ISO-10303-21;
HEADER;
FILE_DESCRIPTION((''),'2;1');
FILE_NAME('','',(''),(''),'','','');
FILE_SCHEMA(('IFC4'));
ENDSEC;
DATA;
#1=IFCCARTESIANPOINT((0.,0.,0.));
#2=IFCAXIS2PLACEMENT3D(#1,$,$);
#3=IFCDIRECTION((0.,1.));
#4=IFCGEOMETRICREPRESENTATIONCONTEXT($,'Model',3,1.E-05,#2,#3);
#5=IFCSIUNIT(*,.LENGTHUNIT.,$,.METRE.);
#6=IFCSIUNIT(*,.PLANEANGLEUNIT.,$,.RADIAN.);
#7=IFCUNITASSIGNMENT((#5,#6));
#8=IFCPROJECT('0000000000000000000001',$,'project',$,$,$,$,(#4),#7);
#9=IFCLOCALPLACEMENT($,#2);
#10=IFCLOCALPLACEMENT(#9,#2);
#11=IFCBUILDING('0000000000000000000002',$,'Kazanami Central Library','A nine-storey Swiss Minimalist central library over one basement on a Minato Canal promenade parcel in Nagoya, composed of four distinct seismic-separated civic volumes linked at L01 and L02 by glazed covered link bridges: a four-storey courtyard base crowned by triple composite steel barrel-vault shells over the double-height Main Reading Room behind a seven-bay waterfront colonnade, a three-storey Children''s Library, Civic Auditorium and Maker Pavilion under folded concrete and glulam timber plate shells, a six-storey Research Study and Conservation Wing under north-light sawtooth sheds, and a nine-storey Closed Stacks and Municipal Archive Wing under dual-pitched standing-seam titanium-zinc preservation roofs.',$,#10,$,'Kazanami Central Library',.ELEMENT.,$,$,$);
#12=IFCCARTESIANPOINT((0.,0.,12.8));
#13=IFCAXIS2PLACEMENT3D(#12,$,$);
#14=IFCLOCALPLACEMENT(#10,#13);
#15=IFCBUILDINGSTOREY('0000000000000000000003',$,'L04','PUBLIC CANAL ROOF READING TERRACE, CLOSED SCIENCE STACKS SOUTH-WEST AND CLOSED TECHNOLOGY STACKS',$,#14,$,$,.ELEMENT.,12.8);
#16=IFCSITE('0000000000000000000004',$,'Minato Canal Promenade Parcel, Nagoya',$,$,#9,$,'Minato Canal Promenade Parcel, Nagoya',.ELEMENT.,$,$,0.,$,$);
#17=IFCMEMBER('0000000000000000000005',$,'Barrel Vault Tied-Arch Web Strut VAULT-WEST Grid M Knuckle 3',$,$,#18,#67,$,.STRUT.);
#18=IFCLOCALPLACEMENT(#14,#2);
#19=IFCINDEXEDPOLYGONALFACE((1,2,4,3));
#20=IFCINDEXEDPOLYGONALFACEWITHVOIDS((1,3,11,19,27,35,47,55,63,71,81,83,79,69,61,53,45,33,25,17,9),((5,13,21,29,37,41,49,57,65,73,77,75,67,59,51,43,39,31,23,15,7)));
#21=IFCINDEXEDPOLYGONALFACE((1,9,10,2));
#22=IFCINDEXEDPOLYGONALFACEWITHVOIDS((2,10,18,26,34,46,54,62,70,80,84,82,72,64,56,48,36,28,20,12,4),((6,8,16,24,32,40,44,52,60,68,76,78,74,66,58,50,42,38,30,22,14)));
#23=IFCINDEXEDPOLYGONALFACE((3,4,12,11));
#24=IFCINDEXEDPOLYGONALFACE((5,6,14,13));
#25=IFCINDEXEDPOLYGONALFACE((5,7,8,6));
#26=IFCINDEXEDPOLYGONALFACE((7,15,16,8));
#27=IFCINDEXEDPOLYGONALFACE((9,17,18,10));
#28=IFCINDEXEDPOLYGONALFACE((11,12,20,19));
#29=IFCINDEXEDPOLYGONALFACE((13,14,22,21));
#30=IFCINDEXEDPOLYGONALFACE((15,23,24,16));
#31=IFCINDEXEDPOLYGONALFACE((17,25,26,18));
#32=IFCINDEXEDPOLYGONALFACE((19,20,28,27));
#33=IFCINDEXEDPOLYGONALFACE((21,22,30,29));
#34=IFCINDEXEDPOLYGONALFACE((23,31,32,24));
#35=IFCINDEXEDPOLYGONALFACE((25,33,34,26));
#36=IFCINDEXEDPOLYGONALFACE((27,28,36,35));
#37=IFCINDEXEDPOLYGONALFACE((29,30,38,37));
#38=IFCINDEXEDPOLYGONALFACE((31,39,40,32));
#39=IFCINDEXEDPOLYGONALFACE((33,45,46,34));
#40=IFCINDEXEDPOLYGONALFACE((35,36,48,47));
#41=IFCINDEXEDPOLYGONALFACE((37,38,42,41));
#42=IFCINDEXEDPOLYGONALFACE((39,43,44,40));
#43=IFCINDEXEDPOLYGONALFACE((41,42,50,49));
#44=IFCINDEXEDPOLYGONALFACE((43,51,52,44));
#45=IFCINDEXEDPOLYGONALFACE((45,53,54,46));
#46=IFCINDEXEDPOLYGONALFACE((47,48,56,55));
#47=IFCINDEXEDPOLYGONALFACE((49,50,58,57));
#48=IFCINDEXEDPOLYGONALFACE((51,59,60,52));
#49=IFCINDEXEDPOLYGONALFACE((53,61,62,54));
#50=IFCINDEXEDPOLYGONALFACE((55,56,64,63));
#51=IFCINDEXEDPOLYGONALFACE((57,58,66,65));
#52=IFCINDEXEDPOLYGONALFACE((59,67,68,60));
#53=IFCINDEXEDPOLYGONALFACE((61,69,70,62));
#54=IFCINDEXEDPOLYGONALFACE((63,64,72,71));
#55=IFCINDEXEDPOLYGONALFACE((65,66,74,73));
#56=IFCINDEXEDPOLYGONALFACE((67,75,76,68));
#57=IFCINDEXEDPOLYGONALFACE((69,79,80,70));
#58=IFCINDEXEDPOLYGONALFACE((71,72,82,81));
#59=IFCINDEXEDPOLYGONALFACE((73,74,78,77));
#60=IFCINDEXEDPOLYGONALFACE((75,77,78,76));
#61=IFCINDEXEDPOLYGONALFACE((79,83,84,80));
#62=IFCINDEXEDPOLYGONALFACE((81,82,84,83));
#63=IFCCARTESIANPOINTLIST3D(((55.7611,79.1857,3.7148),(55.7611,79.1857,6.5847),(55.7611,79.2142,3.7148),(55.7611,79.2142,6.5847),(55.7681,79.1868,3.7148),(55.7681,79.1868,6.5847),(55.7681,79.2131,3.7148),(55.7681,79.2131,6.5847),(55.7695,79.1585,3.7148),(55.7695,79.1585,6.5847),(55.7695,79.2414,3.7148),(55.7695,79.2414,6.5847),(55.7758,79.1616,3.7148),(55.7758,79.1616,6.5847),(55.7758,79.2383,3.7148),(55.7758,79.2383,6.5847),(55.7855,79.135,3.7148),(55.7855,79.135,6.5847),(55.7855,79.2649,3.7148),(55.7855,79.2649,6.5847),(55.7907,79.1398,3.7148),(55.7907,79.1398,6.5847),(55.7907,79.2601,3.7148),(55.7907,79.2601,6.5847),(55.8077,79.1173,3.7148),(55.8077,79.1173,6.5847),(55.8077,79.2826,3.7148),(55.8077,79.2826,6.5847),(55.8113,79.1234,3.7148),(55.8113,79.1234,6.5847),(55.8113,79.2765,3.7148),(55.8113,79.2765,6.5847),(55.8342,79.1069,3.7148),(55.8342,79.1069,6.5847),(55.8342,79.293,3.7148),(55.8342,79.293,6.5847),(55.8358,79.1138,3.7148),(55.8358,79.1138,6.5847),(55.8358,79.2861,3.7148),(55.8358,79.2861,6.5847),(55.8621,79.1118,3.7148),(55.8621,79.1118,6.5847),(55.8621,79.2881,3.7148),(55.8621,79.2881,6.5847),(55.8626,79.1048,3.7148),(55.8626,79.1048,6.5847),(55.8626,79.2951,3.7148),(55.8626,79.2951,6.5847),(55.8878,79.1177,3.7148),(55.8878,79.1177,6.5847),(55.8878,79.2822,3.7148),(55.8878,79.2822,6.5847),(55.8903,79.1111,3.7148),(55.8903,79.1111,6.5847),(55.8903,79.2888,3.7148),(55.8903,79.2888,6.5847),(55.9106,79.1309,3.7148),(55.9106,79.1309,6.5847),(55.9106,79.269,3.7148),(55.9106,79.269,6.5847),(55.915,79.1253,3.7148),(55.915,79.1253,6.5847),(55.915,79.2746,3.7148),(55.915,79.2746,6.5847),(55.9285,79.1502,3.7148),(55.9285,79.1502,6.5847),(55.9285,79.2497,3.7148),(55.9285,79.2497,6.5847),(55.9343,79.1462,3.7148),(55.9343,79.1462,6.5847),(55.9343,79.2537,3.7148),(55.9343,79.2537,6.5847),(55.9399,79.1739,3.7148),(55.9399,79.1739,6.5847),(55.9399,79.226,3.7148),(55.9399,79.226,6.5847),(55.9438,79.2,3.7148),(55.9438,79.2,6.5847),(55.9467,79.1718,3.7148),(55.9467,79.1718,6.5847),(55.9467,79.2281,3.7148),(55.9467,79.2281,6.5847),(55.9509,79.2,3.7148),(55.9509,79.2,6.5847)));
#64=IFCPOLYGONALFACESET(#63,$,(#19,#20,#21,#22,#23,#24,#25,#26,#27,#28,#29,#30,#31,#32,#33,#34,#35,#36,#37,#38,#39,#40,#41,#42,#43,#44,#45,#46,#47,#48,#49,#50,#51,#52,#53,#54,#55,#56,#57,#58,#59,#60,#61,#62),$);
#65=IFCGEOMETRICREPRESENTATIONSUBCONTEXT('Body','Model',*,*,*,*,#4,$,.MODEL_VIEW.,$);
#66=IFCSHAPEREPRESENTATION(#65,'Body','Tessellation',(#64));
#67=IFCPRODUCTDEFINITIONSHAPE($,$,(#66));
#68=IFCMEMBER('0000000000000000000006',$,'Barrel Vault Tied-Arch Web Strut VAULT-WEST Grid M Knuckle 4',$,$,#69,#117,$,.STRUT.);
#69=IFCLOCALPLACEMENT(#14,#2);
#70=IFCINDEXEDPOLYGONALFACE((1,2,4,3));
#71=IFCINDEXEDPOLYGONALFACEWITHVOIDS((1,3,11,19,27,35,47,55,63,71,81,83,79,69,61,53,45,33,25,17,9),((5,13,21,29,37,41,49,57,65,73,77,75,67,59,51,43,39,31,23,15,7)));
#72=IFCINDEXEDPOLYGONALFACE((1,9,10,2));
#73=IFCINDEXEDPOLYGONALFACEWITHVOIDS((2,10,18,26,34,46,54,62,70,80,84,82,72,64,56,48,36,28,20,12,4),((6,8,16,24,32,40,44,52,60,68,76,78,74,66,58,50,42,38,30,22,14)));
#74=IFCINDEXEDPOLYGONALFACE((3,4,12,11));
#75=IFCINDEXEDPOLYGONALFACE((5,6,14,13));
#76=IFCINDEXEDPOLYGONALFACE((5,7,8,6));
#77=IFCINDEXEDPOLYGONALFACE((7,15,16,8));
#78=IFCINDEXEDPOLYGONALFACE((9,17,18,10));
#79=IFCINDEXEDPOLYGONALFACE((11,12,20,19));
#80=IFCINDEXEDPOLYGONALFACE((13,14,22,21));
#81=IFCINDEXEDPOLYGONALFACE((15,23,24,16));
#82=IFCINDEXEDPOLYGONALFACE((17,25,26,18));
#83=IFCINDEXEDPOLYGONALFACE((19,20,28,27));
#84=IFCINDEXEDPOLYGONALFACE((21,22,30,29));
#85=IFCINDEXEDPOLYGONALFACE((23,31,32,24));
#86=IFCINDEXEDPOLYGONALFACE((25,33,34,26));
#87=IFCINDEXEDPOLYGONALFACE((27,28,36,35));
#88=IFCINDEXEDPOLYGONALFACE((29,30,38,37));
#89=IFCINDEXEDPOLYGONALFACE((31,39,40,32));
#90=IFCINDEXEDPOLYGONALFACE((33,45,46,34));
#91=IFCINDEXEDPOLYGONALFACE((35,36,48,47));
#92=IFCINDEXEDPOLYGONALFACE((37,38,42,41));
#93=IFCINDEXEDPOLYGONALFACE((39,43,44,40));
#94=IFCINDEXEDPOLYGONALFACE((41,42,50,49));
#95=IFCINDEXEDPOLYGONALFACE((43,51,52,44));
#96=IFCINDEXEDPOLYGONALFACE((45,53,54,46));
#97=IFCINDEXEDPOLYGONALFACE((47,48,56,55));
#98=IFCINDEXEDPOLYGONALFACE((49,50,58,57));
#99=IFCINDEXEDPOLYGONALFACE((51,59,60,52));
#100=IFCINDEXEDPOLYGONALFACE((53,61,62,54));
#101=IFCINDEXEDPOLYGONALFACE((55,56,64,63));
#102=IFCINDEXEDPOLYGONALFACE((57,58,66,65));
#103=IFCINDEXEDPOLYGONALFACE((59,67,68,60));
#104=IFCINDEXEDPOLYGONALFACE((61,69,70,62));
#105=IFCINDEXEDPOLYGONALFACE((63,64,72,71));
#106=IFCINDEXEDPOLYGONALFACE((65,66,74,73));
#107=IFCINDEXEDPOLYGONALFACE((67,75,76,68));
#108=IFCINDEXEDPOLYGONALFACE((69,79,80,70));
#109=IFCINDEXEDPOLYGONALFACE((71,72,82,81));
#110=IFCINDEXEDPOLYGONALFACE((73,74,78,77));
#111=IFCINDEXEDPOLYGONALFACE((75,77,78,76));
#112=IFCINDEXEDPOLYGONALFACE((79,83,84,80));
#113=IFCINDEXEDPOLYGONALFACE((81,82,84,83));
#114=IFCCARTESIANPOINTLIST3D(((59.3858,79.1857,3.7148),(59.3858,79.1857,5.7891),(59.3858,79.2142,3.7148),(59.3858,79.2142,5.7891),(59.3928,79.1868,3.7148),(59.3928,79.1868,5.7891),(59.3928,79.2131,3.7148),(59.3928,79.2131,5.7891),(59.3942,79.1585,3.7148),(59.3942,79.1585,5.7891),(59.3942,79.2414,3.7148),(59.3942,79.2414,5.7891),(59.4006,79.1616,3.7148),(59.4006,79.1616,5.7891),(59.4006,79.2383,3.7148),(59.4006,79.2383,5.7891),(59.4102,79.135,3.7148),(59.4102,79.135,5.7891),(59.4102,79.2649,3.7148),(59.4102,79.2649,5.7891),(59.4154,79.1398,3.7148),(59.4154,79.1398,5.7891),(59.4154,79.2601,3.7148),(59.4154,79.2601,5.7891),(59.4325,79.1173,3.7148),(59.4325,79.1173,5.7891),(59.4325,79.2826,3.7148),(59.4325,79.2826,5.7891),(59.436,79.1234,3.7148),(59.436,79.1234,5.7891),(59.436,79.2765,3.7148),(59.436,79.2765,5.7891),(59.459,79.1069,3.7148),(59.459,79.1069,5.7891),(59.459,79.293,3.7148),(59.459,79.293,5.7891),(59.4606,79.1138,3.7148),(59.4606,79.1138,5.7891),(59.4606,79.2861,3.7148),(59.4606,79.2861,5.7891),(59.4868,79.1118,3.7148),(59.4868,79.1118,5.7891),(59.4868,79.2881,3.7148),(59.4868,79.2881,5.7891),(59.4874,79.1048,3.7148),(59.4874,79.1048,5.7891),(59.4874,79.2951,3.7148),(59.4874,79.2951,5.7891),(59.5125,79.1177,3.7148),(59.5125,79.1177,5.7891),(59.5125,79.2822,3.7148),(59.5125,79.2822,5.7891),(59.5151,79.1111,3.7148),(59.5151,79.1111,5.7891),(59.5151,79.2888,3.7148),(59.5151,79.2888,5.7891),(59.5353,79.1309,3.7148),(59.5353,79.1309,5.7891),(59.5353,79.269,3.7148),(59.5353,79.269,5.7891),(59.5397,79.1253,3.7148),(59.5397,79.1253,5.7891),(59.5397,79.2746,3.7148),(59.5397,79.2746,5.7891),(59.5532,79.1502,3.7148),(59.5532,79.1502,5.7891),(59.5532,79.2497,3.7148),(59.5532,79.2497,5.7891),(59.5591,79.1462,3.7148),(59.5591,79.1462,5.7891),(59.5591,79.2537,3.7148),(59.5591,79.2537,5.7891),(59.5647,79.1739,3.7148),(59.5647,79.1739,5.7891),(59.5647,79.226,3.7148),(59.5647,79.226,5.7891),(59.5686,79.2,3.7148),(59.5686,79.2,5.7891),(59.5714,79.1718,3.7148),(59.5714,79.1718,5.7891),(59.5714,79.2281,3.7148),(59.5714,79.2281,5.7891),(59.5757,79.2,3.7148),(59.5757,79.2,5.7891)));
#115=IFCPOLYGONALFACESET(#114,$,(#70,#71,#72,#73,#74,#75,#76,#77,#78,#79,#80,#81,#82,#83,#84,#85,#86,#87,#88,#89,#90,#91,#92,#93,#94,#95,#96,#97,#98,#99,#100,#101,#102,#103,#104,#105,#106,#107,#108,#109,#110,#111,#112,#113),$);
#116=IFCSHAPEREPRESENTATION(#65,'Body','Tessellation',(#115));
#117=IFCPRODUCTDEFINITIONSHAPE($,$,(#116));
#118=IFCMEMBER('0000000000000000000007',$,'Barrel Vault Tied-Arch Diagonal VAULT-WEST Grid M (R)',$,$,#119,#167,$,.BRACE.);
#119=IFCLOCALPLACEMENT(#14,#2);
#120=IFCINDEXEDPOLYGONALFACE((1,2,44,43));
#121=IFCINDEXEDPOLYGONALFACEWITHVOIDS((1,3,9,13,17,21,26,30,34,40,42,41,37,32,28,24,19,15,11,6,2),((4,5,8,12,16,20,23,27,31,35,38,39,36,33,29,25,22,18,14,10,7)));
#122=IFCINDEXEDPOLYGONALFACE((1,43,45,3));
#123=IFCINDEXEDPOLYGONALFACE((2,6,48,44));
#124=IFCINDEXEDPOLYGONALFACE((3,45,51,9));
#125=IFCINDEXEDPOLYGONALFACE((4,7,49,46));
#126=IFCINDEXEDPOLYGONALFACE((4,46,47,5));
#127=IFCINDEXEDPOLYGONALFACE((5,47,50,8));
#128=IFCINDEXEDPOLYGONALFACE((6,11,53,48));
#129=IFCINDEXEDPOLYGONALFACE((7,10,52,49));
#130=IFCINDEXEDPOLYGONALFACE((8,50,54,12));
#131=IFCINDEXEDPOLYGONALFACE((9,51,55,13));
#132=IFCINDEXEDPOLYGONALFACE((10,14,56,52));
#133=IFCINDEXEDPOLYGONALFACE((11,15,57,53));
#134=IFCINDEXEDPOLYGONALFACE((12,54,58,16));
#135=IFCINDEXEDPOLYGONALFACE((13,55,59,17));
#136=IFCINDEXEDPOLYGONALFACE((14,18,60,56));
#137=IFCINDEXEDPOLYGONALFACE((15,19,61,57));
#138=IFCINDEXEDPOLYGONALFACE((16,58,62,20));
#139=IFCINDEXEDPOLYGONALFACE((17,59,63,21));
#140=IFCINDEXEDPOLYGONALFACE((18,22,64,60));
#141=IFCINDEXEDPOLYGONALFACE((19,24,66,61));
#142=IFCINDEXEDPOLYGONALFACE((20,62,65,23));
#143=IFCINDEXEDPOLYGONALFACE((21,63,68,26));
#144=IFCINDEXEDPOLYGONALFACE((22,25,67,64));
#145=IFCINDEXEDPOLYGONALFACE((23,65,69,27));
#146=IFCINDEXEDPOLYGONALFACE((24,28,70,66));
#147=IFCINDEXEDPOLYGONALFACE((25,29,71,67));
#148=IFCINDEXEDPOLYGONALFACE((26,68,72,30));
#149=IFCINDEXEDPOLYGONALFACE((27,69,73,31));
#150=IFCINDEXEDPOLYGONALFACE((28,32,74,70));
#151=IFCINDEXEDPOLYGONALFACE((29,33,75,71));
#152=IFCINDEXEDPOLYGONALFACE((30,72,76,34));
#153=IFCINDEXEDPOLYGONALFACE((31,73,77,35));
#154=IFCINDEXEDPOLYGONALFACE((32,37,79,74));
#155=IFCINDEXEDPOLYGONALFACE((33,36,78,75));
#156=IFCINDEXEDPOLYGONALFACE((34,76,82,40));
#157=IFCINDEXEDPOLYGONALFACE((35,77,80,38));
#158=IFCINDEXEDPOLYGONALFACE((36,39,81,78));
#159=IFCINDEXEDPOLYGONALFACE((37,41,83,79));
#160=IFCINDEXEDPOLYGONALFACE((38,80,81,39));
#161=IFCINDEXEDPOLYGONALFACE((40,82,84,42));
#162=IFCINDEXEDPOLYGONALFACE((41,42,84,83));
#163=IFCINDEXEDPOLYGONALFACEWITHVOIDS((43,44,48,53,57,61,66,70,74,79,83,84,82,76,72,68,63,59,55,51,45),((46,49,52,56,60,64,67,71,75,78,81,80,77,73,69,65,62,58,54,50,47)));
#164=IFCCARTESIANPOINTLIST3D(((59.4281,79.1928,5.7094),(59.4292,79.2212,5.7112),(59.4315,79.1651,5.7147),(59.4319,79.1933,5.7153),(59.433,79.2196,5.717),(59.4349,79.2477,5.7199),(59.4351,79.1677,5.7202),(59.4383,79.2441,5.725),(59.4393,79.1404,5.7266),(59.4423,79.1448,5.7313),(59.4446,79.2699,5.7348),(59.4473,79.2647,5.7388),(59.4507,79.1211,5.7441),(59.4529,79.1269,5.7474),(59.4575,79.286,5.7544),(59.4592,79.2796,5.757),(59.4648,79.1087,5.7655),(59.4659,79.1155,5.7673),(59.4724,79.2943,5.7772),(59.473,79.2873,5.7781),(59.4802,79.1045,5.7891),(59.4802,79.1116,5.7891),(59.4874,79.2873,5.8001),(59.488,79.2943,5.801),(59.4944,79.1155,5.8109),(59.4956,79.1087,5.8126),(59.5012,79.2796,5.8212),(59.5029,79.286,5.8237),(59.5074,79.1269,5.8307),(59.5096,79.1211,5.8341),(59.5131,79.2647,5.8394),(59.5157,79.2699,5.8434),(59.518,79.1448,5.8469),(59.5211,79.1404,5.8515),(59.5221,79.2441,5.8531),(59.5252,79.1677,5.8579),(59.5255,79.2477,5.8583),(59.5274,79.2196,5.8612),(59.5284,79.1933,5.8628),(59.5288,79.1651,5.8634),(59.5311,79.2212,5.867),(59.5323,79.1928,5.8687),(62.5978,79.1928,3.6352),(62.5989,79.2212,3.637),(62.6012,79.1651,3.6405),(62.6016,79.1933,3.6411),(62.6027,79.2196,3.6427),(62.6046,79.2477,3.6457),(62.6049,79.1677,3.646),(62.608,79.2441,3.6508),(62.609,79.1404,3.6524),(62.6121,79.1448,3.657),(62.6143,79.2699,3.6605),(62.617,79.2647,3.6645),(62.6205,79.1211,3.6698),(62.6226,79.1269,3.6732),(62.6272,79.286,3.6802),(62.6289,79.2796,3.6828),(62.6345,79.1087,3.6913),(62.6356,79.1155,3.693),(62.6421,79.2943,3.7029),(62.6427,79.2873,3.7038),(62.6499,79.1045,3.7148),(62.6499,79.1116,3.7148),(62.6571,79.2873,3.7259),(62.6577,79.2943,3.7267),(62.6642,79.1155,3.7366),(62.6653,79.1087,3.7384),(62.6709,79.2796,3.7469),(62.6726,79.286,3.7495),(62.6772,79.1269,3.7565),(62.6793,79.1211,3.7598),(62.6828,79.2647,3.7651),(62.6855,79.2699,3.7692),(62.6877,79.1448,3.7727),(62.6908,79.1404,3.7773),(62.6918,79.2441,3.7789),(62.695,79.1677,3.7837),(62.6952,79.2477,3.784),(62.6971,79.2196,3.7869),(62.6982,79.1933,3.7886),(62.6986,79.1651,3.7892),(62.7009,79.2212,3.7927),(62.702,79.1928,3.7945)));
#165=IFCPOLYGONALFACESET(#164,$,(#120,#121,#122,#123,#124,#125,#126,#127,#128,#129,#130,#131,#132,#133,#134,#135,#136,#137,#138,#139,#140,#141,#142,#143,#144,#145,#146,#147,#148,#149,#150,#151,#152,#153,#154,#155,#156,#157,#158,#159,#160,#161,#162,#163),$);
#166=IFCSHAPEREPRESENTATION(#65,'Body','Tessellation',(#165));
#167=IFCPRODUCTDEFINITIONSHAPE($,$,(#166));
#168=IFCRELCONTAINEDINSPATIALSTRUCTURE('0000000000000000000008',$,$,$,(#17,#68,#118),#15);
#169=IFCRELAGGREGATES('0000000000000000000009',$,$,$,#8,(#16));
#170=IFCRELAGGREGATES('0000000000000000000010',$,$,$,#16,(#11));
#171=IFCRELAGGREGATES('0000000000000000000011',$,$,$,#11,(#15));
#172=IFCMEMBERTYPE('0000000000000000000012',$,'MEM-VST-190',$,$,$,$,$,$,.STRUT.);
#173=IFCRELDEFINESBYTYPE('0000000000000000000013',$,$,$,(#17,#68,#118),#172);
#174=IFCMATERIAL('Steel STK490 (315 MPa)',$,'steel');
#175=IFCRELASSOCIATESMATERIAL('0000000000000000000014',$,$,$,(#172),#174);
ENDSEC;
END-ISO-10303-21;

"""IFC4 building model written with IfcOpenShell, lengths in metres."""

from ifc_helpers import new_model, si_unit, direction, frame, origin, origin_2d, place, context, subcontext, project, spatial, hollow_circle, extrude, material, material_profile, profile_set, type_object, element, save


model = new_model("IFC4")

# Units and contexts
model_context = context("Model", 3, precision=1e-05, world=origin(), true_north=direction((0.0, 1.0)))
body_context = subcontext(model_context, "Body", "Model", "MODEL_VIEW")
ifc_project = project(units=[si_unit("LENGTHUNIT", "METRE"), si_unit("PLANEANGLEUNIT", "RADIAN")], contexts=[model_context])

# Site, building, storey
site_placement = place(None, origin())
site = spatial("IfcSite", under=ifc_project, at=site_placement, Name="Minato Canal Promenade Parcel, Nagoya", LongName="Minato Canal Promenade Parcel, Nagoya", CompositionType="ELEMENT", RefElevation=0.0)
building_placement = place(site_placement, origin())
building = spatial("IfcBuilding", under=site, at=building_placement, Name="Kazanami Central Library", Description="A nine-storey Swiss Minimalist central library over one basement on a Minato Canal promenade parcel in Nagoya, composed of four distinct seismic-separated civic volumes linked at L01 and L02 by glazed covered link bridges: a four-storey courtyard base crowned by triple composite steel barrel-vault shells over the double-height Main Reading Room behind a seven-bay waterfront colonnade, a three-storey Children's Library, Civic Auditorium and Maker Pavilion under folded concrete and glulam timber plate shells, a six-storey Research Study and Conservation Wing under north-light sawtooth sheds, and a nine-storey Closed Stacks and Municipal Archive Wing under dual-pitched standing-seam titanium-zinc preservation roofs.", LongName="Kazanami Central Library", CompositionType="ELEMENT")
storey_placement = place(building_placement, frame((0.0, 0.0, 12.8)))
storey = spatial("IfcBuildingStorey", under=building, at=storey_placement, Name="L04", Description="PUBLIC CANAL ROOF READING TERRACE, CLOSED SCIENCE STACKS SOUTH-WEST AND CLOSED TECHNOLOGY STACKS", CompositionType="ELEMENT", Elevation=12.8)

# Members
ifc_material_1 = material(Name="Steel STK490 (315 MPa)", Category="steel")
ifc_material_profile_1 = material_profile(ifc_material_1, hollow_circle(Radius=0.0955, WallThickness=0.0071, at=origin_2d()), Name="CHS-190.7x7.0")
ifc_profile_set_1 = profile_set([ifc_material_profile_1], Name="Steel STK490 (315 MPa)")
member_type_1 = type_object("IfcMemberType", Name="MEM-VST-190", PredefinedType="STRUT", material=ifc_profile_set_1)
member_1_placement = place(storey_placement, frame((55.8555, 79.2, 3.7148), z_axis=(0.0, 0.0, 1.0), x_axis=(1.0, 0.0, 0.0)))
element("IfcMember", 1, at=member_1_placement, inside=storey, type_object=member_type_1, Name="Barrel Vault Tied-Arch Web Strut VAULT-WEST Grid M Knuckle 3", PredefinedType="STRUT", context=body_context, shape_type="SweptSolid", body=[
    extrude(hollow_circle(Radius=0.0955, WallThickness=0.0071, at=origin_2d()), origin(), (0.0, 0.0, 1.0), 2.8699),
])
member_2_placement = place(storey_placement, frame((59.4802, 79.2, 3.7148), z_axis=(0.0, 0.0, 1.0), x_axis=(1.0, 0.0, 0.0)))
element("IfcMember", 2, at=member_2_placement, inside=storey, type_object=member_type_1, Name="Barrel Vault Tied-Arch Web Strut VAULT-WEST Grid M Knuckle 4", PredefinedType="STRUT", context=body_context, shape_type="SweptSolid", body=[
    extrude(hollow_circle(Radius=0.0955, WallThickness=0.0071, at=origin_2d()), origin(), (0.0, 0.0, 1.0), 2.0742),
])
member_3_placement = place(storey_placement, frame((62.6499, 79.2, 3.7148), z_axis=(-0.83676, 0.0, 0.547571), x_axis=(0.0, -1.0, 0.0)))
element("IfcMember", 3, at=member_3_placement, inside=storey, type_object=member_type_1, Name="Barrel Vault Tied-Arch Diagonal VAULT-WEST Grid M (R)", PredefinedType="BRACE", context=body_context, shape_type="SweptSolid", body=[
    extrude(hollow_circle(Radius=0.0955, WallThickness=0.0071, at=origin_2d()), origin(), (0.0, 0.0, 1.0), 3.7881),
])

save(model, "model.ifc")
